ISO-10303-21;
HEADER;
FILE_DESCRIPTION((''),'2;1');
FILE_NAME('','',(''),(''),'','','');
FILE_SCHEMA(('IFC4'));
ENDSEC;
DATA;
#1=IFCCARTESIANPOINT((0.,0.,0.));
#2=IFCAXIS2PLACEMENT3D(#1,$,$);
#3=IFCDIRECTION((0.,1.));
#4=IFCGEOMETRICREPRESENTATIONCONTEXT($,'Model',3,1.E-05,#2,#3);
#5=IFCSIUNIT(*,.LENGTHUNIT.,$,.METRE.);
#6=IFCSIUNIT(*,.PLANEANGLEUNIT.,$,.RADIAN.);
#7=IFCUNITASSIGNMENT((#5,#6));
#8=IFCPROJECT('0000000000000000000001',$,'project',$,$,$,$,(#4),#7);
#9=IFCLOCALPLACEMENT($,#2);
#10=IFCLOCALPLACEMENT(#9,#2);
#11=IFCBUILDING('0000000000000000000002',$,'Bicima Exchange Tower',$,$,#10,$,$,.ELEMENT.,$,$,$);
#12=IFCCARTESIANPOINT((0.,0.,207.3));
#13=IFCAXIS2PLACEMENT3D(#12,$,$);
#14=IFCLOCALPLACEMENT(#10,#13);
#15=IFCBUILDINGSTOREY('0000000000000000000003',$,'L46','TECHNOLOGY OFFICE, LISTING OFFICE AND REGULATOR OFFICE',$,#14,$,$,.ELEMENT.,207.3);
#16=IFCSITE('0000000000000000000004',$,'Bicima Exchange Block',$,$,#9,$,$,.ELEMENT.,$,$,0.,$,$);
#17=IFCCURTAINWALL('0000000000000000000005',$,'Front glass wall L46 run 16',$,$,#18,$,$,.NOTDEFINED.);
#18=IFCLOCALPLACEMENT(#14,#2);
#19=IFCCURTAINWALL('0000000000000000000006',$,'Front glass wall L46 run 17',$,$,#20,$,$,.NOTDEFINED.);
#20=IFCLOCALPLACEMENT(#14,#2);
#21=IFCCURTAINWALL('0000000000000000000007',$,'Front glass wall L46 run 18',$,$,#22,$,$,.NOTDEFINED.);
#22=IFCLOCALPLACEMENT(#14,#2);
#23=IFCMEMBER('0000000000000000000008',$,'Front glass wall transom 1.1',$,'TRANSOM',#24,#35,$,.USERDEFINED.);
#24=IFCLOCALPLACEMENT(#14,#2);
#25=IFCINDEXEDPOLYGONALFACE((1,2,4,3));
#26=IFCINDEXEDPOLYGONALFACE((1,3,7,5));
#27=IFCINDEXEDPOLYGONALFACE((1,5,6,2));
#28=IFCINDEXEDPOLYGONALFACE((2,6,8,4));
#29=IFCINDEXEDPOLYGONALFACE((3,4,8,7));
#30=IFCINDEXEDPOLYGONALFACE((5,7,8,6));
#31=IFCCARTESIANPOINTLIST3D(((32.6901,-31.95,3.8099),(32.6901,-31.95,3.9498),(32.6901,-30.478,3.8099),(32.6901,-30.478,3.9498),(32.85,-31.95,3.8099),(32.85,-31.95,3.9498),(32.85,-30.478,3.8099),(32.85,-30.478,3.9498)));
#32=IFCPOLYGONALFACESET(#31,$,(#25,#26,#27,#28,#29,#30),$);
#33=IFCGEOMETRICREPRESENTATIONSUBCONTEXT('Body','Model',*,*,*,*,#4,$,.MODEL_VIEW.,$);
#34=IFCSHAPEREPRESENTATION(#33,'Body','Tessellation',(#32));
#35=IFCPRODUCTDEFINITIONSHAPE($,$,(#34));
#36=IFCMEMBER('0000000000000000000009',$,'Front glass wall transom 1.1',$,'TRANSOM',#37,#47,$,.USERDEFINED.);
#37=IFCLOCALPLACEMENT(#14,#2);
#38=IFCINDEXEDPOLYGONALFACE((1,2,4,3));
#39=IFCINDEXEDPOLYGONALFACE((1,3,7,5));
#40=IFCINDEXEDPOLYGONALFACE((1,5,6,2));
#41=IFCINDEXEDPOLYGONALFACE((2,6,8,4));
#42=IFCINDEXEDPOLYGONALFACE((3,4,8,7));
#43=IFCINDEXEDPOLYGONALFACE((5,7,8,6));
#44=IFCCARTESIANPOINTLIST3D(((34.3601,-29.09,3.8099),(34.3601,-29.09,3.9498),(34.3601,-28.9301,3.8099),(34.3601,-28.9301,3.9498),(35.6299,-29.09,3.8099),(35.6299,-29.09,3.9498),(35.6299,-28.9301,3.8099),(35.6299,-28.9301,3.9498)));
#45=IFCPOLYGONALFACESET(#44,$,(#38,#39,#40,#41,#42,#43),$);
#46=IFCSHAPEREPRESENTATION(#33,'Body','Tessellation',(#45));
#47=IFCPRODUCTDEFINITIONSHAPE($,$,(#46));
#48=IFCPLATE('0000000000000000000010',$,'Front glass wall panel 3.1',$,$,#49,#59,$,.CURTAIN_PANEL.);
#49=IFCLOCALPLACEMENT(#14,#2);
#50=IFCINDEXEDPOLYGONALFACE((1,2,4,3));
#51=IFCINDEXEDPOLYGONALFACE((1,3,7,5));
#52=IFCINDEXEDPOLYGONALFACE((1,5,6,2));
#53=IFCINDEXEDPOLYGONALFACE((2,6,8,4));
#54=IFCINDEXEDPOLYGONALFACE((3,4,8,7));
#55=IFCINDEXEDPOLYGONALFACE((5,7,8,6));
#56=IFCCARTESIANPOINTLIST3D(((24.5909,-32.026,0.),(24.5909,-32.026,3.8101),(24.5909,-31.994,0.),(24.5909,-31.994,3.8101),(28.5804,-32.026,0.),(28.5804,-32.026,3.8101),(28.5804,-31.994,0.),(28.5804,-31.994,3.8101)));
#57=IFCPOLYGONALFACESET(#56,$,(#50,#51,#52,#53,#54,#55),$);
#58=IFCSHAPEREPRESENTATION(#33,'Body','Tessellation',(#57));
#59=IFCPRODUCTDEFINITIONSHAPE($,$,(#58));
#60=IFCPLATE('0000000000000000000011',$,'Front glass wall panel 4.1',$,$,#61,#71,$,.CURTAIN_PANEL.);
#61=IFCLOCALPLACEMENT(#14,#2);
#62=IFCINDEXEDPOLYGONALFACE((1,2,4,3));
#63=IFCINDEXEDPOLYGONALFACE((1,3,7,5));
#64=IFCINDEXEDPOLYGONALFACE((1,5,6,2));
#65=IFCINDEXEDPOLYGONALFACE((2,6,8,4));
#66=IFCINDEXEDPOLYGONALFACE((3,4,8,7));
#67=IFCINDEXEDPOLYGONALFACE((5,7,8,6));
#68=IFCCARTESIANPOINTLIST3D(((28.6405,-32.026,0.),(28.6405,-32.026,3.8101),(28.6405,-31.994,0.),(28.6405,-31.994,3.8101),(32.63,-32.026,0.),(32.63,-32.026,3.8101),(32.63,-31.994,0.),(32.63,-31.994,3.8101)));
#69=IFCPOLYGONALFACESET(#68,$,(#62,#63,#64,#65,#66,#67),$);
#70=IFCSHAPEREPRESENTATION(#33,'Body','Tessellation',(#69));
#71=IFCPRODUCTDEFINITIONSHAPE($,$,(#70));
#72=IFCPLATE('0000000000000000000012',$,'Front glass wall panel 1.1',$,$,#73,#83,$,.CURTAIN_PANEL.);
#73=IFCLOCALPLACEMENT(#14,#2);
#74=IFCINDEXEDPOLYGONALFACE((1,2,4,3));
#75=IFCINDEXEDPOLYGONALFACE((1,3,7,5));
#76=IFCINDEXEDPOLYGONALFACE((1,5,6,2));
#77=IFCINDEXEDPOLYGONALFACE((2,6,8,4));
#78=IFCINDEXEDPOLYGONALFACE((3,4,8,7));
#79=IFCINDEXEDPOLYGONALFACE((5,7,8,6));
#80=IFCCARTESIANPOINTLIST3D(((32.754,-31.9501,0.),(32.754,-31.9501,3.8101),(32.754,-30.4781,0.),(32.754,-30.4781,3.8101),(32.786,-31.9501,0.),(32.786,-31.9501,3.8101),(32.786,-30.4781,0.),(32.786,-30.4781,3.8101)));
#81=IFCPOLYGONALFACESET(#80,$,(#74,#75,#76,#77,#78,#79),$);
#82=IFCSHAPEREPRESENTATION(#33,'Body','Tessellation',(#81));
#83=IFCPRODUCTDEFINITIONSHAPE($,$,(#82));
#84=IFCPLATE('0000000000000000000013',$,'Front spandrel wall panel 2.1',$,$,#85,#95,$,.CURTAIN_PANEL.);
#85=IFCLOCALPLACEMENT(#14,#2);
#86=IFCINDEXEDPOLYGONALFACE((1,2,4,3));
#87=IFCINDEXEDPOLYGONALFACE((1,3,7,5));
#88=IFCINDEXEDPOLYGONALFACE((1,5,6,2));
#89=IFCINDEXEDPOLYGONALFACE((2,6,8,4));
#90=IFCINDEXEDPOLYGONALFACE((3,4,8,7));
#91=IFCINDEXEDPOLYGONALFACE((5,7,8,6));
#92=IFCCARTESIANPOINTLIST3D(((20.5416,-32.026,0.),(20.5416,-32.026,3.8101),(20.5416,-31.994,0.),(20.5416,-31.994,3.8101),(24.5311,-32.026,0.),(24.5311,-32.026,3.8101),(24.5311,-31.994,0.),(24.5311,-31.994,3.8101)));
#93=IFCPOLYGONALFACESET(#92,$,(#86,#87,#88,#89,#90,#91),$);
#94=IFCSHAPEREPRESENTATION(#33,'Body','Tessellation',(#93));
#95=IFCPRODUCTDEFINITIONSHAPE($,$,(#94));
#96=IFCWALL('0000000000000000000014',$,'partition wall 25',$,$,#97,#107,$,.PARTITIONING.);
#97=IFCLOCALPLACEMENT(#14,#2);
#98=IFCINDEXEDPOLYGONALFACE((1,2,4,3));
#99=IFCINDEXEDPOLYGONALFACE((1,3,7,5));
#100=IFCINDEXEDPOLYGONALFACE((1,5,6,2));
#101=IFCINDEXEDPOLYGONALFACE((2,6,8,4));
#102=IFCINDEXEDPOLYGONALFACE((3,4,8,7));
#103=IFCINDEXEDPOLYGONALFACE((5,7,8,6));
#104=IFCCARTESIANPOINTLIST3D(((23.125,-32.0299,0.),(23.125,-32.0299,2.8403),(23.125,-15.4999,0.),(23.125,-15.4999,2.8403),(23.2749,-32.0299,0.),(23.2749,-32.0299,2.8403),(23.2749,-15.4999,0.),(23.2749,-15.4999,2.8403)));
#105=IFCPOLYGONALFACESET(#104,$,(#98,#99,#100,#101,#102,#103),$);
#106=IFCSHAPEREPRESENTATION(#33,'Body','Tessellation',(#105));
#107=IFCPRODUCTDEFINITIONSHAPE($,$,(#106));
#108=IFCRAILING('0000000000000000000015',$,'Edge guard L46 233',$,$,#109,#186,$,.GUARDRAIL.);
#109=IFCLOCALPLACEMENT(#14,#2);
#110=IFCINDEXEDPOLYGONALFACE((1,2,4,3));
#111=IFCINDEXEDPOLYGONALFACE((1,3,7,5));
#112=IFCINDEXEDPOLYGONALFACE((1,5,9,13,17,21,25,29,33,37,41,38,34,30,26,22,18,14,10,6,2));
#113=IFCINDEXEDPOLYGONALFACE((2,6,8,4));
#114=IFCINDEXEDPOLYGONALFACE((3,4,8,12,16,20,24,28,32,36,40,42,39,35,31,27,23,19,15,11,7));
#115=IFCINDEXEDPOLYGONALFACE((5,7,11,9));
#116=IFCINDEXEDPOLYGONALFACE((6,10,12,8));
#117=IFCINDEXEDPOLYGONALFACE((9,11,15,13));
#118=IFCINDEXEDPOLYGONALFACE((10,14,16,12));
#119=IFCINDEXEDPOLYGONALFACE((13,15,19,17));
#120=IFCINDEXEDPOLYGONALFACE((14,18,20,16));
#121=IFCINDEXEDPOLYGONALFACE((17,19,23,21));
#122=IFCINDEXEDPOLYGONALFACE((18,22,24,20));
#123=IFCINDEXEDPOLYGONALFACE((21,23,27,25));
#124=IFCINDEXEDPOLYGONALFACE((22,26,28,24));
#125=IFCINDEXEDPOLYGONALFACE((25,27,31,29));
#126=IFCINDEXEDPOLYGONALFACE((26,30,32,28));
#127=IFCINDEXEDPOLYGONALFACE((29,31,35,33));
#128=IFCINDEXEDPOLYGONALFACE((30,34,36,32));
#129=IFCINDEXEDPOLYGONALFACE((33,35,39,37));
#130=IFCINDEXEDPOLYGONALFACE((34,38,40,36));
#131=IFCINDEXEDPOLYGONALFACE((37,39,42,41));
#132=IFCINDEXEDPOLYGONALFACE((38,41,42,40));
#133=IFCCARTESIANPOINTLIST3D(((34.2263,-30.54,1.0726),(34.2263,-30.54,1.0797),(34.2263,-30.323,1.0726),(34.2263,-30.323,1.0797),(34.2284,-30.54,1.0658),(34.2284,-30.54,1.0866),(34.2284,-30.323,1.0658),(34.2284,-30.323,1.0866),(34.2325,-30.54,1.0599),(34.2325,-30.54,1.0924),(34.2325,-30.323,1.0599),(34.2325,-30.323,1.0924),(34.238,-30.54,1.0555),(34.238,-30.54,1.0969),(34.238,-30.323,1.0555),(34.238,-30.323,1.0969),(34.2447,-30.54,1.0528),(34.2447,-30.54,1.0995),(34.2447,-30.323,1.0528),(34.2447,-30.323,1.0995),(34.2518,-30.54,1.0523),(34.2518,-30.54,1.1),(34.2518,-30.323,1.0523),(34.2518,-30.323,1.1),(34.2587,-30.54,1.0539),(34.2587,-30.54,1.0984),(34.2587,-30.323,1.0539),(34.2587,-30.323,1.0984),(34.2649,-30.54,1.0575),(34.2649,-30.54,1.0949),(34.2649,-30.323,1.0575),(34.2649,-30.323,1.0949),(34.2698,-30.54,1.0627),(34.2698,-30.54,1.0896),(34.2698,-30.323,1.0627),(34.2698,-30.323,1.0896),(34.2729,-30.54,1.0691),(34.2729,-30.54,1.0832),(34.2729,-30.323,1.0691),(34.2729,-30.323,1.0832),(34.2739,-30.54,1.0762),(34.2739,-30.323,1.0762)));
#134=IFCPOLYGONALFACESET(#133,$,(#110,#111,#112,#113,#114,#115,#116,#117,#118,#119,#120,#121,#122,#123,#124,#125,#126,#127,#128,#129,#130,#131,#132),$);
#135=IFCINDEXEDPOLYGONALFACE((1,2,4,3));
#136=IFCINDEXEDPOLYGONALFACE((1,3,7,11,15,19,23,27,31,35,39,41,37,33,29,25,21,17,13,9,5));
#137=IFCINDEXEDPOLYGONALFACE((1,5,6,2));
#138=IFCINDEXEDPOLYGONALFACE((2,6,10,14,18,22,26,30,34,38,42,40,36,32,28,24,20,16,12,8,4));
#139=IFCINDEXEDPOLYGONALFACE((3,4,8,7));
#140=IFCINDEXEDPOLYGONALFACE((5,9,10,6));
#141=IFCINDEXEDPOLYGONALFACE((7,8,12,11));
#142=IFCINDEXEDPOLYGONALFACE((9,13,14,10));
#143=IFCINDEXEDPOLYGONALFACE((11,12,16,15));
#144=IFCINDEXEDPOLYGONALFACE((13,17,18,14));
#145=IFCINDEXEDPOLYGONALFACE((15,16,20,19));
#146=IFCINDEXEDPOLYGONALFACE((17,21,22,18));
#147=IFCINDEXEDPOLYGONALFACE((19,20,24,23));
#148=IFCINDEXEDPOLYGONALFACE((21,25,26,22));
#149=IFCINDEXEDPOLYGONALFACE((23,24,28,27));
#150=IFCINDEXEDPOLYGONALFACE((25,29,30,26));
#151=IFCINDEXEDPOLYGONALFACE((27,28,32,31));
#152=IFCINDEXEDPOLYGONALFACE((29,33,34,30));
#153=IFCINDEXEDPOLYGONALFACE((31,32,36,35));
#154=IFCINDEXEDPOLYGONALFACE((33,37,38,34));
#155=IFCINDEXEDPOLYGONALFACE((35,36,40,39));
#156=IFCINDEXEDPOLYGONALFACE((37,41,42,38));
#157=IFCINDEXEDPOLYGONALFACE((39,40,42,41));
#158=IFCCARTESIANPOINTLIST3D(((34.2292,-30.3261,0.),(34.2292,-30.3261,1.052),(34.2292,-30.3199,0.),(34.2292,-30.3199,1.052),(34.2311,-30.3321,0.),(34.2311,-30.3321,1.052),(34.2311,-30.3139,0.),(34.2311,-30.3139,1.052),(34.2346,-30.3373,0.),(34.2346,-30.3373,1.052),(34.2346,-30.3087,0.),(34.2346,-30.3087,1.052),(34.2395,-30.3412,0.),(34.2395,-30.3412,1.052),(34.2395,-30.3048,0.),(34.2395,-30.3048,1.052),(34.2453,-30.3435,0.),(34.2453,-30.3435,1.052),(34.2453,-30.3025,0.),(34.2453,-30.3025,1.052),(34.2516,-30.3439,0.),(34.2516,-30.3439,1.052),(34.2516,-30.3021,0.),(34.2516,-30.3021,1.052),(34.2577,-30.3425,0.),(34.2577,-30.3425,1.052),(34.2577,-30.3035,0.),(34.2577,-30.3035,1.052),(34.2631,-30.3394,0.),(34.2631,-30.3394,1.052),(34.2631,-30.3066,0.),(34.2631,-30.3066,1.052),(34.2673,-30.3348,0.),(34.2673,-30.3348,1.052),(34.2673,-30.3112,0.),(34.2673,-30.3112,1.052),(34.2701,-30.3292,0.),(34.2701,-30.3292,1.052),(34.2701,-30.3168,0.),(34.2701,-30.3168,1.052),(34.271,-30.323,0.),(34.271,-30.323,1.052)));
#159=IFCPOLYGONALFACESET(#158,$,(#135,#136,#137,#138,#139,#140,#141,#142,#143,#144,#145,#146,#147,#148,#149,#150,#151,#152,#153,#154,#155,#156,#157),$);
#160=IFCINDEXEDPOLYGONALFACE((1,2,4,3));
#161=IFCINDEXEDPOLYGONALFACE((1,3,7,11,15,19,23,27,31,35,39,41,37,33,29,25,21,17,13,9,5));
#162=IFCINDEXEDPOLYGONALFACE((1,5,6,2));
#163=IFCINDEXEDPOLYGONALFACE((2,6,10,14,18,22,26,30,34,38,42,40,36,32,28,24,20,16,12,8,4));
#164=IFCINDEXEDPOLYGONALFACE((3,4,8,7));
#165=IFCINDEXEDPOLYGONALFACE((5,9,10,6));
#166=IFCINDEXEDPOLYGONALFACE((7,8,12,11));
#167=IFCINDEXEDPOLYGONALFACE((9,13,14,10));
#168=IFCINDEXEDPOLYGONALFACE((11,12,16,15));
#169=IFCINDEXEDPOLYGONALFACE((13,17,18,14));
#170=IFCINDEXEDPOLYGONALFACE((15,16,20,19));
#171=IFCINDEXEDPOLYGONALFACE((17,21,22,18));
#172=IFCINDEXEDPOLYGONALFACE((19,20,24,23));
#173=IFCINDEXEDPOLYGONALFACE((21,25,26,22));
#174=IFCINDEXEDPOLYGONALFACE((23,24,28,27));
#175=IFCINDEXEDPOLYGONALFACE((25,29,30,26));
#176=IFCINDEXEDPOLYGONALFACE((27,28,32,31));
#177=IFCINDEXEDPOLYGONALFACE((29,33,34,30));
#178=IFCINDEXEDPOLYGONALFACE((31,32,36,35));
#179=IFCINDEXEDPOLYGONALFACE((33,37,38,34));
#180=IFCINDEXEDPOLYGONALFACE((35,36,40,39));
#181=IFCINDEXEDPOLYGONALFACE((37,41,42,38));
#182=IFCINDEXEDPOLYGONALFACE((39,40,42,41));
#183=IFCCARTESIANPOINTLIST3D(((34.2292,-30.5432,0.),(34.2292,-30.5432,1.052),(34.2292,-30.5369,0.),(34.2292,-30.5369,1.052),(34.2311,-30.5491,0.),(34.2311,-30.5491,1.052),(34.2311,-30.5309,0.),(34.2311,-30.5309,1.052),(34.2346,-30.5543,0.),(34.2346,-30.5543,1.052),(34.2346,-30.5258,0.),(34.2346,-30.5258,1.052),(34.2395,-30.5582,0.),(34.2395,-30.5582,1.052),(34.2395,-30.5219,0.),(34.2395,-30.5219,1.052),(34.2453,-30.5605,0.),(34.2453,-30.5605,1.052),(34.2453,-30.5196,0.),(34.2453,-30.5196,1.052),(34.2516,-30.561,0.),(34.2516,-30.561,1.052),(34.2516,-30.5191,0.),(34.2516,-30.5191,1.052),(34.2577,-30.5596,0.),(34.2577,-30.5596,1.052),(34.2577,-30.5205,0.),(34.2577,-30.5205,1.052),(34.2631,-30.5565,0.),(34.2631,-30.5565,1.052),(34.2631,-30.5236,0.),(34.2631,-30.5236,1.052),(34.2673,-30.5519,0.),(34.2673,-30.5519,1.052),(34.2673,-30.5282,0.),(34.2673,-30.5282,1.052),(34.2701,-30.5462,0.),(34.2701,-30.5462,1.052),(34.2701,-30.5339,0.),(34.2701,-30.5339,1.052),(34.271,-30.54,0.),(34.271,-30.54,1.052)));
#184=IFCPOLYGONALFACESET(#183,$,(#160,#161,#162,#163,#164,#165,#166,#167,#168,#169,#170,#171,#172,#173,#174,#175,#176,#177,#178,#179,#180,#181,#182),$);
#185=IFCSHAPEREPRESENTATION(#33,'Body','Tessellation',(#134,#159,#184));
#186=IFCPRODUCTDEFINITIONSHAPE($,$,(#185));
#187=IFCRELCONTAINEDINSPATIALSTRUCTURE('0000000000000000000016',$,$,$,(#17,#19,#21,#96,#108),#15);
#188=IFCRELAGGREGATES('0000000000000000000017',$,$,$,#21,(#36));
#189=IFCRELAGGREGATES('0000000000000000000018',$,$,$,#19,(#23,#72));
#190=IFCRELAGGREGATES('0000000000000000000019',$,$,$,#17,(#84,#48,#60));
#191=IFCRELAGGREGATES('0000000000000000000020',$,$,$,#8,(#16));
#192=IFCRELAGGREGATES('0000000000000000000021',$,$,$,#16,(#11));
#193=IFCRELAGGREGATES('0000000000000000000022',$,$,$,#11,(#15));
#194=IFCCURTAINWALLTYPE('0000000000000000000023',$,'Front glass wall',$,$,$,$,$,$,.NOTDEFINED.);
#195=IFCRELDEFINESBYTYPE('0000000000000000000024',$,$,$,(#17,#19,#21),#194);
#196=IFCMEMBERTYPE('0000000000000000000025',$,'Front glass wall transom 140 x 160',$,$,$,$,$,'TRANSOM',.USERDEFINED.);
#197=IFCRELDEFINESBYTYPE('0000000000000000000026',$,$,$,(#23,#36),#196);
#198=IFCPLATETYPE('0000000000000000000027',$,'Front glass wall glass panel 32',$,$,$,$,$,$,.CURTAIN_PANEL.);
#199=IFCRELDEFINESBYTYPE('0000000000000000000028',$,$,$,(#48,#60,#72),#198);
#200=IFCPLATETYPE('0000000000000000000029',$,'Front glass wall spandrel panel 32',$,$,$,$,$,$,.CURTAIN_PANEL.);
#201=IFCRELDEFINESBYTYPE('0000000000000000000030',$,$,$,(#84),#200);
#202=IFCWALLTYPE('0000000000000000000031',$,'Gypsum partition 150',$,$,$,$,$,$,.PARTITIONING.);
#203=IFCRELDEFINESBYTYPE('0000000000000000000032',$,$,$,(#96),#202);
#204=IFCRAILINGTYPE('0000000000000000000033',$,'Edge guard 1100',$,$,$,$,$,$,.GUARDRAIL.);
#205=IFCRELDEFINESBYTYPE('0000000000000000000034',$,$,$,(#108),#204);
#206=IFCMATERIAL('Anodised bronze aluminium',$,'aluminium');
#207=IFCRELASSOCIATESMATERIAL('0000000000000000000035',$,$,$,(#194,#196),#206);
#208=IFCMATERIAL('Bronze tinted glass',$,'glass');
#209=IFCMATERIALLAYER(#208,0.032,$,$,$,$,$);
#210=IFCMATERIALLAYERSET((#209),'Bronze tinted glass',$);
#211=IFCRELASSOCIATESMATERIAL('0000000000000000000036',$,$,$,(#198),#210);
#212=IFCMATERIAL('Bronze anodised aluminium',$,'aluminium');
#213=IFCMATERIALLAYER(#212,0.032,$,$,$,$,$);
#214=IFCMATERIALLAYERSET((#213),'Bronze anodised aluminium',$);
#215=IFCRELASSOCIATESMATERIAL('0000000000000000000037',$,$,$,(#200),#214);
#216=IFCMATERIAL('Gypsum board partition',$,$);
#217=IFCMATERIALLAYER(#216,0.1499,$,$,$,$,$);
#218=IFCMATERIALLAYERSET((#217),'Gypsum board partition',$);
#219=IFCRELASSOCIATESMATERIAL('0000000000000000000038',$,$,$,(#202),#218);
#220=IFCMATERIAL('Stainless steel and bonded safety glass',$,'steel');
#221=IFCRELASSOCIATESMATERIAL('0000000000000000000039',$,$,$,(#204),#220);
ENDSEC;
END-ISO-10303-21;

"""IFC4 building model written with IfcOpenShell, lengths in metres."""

from ifc_helpers import new_model, si_unit, direction, frame, frame_2d, origin, origin_2d, place, context, subcontext, project, spatial, rectangle, circle, extrude, material, layer, layer_set, material_profile, profile_set, type_object, element, aggregate, save


model = new_model("IFC4")

# Units and contexts
model_context = context("Model", 3, precision=1e-05, world=origin(), true_north=direction((0.0, 1.0)))
body_context = subcontext(model_context, "Body", "Model", "MODEL_VIEW")
ifc_project = project(units=[si_unit("LENGTHUNIT", "METRE"), si_unit("PLANEANGLEUNIT", "RADIAN")], contexts=[model_context])

# Site, building, storey
site_placement = place(None, origin())
site = spatial("IfcSite", under=ifc_project, at=site_placement, Name="Bicima Exchange Block", CompositionType="ELEMENT", RefElevation=0.0)
building_placement = place(site_placement, origin())
building = spatial("IfcBuilding", under=site, at=building_placement, Name="Bicima Exchange Tower", CompositionType="ELEMENT")
storey_placement = place(building_placement, frame((0.0, 0.0, 207.3)))
storey = spatial("IfcBuildingStorey", under=building, at=storey_placement, Name="L46", Description="TECHNOLOGY OFFICE, LISTING OFFICE AND REGULATOR OFFICE", CompositionType="ELEMENT", Elevation=207.3)

# Curtain walls
ifc_material_1 = material(Name="Anodised bronze aluminium", Category="aluminium")
curtain_wall_type = type_object("IfcCurtainWallType", Name="Front glass wall", PredefinedType="NOTDEFINED", material=ifc_material_1)
curtain_wall_1_placement = place(storey_placement, origin())
curtain_wall_1 = element("IfcCurtainWall", 1, at=curtain_wall_1_placement, inside=storey, type_object=curtain_wall_type, Name="Front glass wall L46 run 16", PredefinedType="NOTDEFINED")
curtain_wall_2_placement = place(storey_placement, origin())
curtain_wall_2 = element("IfcCurtainWall", 2, at=curtain_wall_2_placement, inside=storey, type_object=curtain_wall_type, Name="Front glass wall L46 run 17", PredefinedType="NOTDEFINED")

# Curtain wall
curtain_wall_3_placement = place(storey_placement, origin())
curtain_wall_3 = element("IfcCurtainWall", 3, at=curtain_wall_3_placement, inside=storey, type_object=curtain_wall_type, Name="Front glass wall L46 run 18", PredefinedType="NOTDEFINED")

# Members
ifc_material_profile_1 = material_profile(ifc_material_1, rectangle(XDim=0.1599, YDim=0.1399, at=origin_2d()))
ifc_profile_set_1 = profile_set([ifc_material_profile_1], Name="Anodised bronze aluminium")
member_type_1 = type_object("IfcMemberType", Name="Front glass wall transom 140 x 160", ElementType="TRANSOM", PredefinedType="USERDEFINED", material=ifc_profile_set_1)
member_1_placement = place(storey_placement, frame((32.77, -31.95, 3.8799), z_axis=(0.0, 1.0, 0.0), x_axis=(-1.0, 0.0, 0.0)))
member_1 = element("IfcMember", 4, at=member_1_placement, type_object=member_type_1, Name="Front glass wall transom 1.1", ObjectType="TRANSOM", PredefinedType="USERDEFINED", context=body_context, shape_type="SweptSolid", body=[
    extrude(rectangle(XDim=0.1599, YDim=0.1399, at=origin_2d()), origin(), (0.0, 0.0, 1.0), 1.4719),
])
member_2_placement = place(storey_placement, frame((34.3601, -29.01, 3.8799), z_axis=(1.0, 0.0, 0.0), x_axis=(0.0, 1.0, 0.0)))
member_2 = element("IfcMember", 5, at=member_2_placement, type_object=member_type_1, Name="Front glass wall transom 1.1", ObjectType="TRANSOM", PredefinedType="USERDEFINED", context=body_context, shape_type="SweptSolid", body=[
    extrude(rectangle(XDim=0.1599, YDim=0.1399, at=origin_2d()), origin(), (0.0, 0.0, 1.0), 1.2698),
])
aggregate(curtain_wall_3, [member_2])

# Plates
ifc_material_2 = material(Name="Bronze tinted glass", Category="glass")
ifc_layer_1 = layer(ifc_material_2, 0.032)
ifc_layer_set_1 = layer_set([ifc_layer_1], Name="Bronze tinted glass")
plate_type_1 = type_object("IfcPlateType", Name="Front glass wall glass panel 32", PredefinedType="CURTAIN_PANEL", material=ifc_layer_set_1)
plate_1_placement = place(storey_placement, frame((26.5857, -32.01, 0.0), z_axis=(0.0, 0.0, 1.0), x_axis=(1.0, 0.0, 0.0)))
plate_1 = element("IfcPlate", 6, at=plate_1_placement, type_object=plate_type_1, Name="Front glass wall panel 3.1", PredefinedType="CURTAIN_PANEL", context=body_context, shape_type="SweptSolid", body=[
    extrude(rectangle(XDim=3.9895, YDim=0.032, at=origin_2d()), origin(), (0.0, 0.0, 1.0), 3.8101),
])
plate_2_placement = place(storey_placement, frame((30.6353, -32.01, 0.0), z_axis=(0.0, 0.0, 1.0), x_axis=(1.0, 0.0, 0.0)))
plate_2 = element("IfcPlate", 7, at=plate_2_placement, type_object=plate_type_1, Name="Front glass wall panel 4.1", PredefinedType="CURTAIN_PANEL", context=body_context, shape_type="SweptSolid", body=[
    extrude(rectangle(XDim=3.9895, YDim=0.032, at=origin_2d()), origin(), (0.0, 0.0, 1.0), 3.8101),
])
plate_3_placement = place(storey_placement, frame((32.77, -31.2141, 0.0), z_axis=(0.0, 0.0, 1.0), x_axis=(0.0, 1.0, 0.0)))
plate_3 = element("IfcPlate", 8, at=plate_3_placement, type_object=plate_type_1, Name="Front glass wall panel 1.1", PredefinedType="CURTAIN_PANEL", context=body_context, shape_type="SweptSolid", body=[
    extrude(rectangle(XDim=1.4719, YDim=0.032, at=origin_2d()), origin(), (0.0, 0.0, 1.0), 3.8101),
])
aggregate(curtain_wall_2, [member_1, plate_3])
ifc_material_3 = material(Name="Bronze anodised aluminium", Category="aluminium")
ifc_layer_2 = layer(ifc_material_3, 0.032)
ifc_layer_set_2 = layer_set([ifc_layer_2], Name="Bronze anodised aluminium")
plate_type_2 = type_object("IfcPlateType", Name="Front glass wall spandrel panel 32", PredefinedType="CURTAIN_PANEL", material=ifc_layer_set_2)
plate_4_placement = place(storey_placement, frame((22.5364, -32.01, 0.0), z_axis=(0.0, 0.0, 1.0), x_axis=(1.0, 0.0, 0.0)))
plate_4 = element("IfcPlate", 9, at=plate_4_placement, type_object=plate_type_2, Name="Front spandrel wall panel 2.1", PredefinedType="CURTAIN_PANEL", context=body_context, shape_type="SweptSolid", body=[
    extrude(rectangle(XDim=3.9895, YDim=0.032, at=origin_2d()), origin(), (0.0, 0.0, 1.0), 3.8101),
])
aggregate(curtain_wall_1, [plate_4, plate_1, plate_2])

# Wall
ifc_material_4 = material(Name="Gypsum board partition")
ifc_layer_3 = layer(ifc_material_4, 0.1499)
ifc_layer_set_3 = layer_set([ifc_layer_3], Name="Gypsum board partition")
wall_type = type_object("IfcWallType", Name="Gypsum partition 150", PredefinedType="PARTITIONING", material=ifc_layer_set_3)
wall_placement = place(storey_placement, frame((23.2, -32.03, 0.0), z_axis=(0.0, 0.0, 1.0), x_axis=(0.0, 1.0, 0.0)))
element("IfcWall", 10, at=wall_placement, inside=storey, type_object=wall_type, Name="partition wall 25", PredefinedType="PARTITIONING", context=body_context, shape_type="SweptSolid", body=[
    extrude(rectangle(XDim=16.53, YDim=0.1499, at=frame_2d((8.2651, 0.0))), origin(), (0.0, 0.0, 1.0), 2.8403),
])

# Railing
ifc_material_5 = material(Name="Stainless steel and bonded safety glass", Category="steel")
railing_type = type_object("IfcRailingType", Name="Edge guard 1100", PredefinedType="GUARDRAIL", material=ifc_material_5)
railing_1_placement = place(storey_placement, frame((34.25, -30.323, 0.0)))
element("IfcRailing", 11, at=railing_1_placement, inside=storey, type_object=railing_type, Name="Edge guard L46 233", PredefinedType="GUARDRAIL", context=body_context, shape_type="SweptSolid", body=[
    extrude(circle(Radius=0.0239, at=origin_2d()), frame((0.0, 0.0, 1.0762), z_axis=(0.0, -1.0, 0.0), x_axis=(1.0, 0.0, 0.0)), (0.0, 0.0, 1.0), 0.217),
    extrude(circle(Radius=0.021, at=origin_2d()), origin(), (0.0, 0.0, 1.0), 1.052),
    extrude(circle(Radius=0.021, at=origin_2d()), frame((0.0, -0.217, 0.0)), (0.0, 0.0, 1.0), 1.052),
])

save(model, "model.ifc")
